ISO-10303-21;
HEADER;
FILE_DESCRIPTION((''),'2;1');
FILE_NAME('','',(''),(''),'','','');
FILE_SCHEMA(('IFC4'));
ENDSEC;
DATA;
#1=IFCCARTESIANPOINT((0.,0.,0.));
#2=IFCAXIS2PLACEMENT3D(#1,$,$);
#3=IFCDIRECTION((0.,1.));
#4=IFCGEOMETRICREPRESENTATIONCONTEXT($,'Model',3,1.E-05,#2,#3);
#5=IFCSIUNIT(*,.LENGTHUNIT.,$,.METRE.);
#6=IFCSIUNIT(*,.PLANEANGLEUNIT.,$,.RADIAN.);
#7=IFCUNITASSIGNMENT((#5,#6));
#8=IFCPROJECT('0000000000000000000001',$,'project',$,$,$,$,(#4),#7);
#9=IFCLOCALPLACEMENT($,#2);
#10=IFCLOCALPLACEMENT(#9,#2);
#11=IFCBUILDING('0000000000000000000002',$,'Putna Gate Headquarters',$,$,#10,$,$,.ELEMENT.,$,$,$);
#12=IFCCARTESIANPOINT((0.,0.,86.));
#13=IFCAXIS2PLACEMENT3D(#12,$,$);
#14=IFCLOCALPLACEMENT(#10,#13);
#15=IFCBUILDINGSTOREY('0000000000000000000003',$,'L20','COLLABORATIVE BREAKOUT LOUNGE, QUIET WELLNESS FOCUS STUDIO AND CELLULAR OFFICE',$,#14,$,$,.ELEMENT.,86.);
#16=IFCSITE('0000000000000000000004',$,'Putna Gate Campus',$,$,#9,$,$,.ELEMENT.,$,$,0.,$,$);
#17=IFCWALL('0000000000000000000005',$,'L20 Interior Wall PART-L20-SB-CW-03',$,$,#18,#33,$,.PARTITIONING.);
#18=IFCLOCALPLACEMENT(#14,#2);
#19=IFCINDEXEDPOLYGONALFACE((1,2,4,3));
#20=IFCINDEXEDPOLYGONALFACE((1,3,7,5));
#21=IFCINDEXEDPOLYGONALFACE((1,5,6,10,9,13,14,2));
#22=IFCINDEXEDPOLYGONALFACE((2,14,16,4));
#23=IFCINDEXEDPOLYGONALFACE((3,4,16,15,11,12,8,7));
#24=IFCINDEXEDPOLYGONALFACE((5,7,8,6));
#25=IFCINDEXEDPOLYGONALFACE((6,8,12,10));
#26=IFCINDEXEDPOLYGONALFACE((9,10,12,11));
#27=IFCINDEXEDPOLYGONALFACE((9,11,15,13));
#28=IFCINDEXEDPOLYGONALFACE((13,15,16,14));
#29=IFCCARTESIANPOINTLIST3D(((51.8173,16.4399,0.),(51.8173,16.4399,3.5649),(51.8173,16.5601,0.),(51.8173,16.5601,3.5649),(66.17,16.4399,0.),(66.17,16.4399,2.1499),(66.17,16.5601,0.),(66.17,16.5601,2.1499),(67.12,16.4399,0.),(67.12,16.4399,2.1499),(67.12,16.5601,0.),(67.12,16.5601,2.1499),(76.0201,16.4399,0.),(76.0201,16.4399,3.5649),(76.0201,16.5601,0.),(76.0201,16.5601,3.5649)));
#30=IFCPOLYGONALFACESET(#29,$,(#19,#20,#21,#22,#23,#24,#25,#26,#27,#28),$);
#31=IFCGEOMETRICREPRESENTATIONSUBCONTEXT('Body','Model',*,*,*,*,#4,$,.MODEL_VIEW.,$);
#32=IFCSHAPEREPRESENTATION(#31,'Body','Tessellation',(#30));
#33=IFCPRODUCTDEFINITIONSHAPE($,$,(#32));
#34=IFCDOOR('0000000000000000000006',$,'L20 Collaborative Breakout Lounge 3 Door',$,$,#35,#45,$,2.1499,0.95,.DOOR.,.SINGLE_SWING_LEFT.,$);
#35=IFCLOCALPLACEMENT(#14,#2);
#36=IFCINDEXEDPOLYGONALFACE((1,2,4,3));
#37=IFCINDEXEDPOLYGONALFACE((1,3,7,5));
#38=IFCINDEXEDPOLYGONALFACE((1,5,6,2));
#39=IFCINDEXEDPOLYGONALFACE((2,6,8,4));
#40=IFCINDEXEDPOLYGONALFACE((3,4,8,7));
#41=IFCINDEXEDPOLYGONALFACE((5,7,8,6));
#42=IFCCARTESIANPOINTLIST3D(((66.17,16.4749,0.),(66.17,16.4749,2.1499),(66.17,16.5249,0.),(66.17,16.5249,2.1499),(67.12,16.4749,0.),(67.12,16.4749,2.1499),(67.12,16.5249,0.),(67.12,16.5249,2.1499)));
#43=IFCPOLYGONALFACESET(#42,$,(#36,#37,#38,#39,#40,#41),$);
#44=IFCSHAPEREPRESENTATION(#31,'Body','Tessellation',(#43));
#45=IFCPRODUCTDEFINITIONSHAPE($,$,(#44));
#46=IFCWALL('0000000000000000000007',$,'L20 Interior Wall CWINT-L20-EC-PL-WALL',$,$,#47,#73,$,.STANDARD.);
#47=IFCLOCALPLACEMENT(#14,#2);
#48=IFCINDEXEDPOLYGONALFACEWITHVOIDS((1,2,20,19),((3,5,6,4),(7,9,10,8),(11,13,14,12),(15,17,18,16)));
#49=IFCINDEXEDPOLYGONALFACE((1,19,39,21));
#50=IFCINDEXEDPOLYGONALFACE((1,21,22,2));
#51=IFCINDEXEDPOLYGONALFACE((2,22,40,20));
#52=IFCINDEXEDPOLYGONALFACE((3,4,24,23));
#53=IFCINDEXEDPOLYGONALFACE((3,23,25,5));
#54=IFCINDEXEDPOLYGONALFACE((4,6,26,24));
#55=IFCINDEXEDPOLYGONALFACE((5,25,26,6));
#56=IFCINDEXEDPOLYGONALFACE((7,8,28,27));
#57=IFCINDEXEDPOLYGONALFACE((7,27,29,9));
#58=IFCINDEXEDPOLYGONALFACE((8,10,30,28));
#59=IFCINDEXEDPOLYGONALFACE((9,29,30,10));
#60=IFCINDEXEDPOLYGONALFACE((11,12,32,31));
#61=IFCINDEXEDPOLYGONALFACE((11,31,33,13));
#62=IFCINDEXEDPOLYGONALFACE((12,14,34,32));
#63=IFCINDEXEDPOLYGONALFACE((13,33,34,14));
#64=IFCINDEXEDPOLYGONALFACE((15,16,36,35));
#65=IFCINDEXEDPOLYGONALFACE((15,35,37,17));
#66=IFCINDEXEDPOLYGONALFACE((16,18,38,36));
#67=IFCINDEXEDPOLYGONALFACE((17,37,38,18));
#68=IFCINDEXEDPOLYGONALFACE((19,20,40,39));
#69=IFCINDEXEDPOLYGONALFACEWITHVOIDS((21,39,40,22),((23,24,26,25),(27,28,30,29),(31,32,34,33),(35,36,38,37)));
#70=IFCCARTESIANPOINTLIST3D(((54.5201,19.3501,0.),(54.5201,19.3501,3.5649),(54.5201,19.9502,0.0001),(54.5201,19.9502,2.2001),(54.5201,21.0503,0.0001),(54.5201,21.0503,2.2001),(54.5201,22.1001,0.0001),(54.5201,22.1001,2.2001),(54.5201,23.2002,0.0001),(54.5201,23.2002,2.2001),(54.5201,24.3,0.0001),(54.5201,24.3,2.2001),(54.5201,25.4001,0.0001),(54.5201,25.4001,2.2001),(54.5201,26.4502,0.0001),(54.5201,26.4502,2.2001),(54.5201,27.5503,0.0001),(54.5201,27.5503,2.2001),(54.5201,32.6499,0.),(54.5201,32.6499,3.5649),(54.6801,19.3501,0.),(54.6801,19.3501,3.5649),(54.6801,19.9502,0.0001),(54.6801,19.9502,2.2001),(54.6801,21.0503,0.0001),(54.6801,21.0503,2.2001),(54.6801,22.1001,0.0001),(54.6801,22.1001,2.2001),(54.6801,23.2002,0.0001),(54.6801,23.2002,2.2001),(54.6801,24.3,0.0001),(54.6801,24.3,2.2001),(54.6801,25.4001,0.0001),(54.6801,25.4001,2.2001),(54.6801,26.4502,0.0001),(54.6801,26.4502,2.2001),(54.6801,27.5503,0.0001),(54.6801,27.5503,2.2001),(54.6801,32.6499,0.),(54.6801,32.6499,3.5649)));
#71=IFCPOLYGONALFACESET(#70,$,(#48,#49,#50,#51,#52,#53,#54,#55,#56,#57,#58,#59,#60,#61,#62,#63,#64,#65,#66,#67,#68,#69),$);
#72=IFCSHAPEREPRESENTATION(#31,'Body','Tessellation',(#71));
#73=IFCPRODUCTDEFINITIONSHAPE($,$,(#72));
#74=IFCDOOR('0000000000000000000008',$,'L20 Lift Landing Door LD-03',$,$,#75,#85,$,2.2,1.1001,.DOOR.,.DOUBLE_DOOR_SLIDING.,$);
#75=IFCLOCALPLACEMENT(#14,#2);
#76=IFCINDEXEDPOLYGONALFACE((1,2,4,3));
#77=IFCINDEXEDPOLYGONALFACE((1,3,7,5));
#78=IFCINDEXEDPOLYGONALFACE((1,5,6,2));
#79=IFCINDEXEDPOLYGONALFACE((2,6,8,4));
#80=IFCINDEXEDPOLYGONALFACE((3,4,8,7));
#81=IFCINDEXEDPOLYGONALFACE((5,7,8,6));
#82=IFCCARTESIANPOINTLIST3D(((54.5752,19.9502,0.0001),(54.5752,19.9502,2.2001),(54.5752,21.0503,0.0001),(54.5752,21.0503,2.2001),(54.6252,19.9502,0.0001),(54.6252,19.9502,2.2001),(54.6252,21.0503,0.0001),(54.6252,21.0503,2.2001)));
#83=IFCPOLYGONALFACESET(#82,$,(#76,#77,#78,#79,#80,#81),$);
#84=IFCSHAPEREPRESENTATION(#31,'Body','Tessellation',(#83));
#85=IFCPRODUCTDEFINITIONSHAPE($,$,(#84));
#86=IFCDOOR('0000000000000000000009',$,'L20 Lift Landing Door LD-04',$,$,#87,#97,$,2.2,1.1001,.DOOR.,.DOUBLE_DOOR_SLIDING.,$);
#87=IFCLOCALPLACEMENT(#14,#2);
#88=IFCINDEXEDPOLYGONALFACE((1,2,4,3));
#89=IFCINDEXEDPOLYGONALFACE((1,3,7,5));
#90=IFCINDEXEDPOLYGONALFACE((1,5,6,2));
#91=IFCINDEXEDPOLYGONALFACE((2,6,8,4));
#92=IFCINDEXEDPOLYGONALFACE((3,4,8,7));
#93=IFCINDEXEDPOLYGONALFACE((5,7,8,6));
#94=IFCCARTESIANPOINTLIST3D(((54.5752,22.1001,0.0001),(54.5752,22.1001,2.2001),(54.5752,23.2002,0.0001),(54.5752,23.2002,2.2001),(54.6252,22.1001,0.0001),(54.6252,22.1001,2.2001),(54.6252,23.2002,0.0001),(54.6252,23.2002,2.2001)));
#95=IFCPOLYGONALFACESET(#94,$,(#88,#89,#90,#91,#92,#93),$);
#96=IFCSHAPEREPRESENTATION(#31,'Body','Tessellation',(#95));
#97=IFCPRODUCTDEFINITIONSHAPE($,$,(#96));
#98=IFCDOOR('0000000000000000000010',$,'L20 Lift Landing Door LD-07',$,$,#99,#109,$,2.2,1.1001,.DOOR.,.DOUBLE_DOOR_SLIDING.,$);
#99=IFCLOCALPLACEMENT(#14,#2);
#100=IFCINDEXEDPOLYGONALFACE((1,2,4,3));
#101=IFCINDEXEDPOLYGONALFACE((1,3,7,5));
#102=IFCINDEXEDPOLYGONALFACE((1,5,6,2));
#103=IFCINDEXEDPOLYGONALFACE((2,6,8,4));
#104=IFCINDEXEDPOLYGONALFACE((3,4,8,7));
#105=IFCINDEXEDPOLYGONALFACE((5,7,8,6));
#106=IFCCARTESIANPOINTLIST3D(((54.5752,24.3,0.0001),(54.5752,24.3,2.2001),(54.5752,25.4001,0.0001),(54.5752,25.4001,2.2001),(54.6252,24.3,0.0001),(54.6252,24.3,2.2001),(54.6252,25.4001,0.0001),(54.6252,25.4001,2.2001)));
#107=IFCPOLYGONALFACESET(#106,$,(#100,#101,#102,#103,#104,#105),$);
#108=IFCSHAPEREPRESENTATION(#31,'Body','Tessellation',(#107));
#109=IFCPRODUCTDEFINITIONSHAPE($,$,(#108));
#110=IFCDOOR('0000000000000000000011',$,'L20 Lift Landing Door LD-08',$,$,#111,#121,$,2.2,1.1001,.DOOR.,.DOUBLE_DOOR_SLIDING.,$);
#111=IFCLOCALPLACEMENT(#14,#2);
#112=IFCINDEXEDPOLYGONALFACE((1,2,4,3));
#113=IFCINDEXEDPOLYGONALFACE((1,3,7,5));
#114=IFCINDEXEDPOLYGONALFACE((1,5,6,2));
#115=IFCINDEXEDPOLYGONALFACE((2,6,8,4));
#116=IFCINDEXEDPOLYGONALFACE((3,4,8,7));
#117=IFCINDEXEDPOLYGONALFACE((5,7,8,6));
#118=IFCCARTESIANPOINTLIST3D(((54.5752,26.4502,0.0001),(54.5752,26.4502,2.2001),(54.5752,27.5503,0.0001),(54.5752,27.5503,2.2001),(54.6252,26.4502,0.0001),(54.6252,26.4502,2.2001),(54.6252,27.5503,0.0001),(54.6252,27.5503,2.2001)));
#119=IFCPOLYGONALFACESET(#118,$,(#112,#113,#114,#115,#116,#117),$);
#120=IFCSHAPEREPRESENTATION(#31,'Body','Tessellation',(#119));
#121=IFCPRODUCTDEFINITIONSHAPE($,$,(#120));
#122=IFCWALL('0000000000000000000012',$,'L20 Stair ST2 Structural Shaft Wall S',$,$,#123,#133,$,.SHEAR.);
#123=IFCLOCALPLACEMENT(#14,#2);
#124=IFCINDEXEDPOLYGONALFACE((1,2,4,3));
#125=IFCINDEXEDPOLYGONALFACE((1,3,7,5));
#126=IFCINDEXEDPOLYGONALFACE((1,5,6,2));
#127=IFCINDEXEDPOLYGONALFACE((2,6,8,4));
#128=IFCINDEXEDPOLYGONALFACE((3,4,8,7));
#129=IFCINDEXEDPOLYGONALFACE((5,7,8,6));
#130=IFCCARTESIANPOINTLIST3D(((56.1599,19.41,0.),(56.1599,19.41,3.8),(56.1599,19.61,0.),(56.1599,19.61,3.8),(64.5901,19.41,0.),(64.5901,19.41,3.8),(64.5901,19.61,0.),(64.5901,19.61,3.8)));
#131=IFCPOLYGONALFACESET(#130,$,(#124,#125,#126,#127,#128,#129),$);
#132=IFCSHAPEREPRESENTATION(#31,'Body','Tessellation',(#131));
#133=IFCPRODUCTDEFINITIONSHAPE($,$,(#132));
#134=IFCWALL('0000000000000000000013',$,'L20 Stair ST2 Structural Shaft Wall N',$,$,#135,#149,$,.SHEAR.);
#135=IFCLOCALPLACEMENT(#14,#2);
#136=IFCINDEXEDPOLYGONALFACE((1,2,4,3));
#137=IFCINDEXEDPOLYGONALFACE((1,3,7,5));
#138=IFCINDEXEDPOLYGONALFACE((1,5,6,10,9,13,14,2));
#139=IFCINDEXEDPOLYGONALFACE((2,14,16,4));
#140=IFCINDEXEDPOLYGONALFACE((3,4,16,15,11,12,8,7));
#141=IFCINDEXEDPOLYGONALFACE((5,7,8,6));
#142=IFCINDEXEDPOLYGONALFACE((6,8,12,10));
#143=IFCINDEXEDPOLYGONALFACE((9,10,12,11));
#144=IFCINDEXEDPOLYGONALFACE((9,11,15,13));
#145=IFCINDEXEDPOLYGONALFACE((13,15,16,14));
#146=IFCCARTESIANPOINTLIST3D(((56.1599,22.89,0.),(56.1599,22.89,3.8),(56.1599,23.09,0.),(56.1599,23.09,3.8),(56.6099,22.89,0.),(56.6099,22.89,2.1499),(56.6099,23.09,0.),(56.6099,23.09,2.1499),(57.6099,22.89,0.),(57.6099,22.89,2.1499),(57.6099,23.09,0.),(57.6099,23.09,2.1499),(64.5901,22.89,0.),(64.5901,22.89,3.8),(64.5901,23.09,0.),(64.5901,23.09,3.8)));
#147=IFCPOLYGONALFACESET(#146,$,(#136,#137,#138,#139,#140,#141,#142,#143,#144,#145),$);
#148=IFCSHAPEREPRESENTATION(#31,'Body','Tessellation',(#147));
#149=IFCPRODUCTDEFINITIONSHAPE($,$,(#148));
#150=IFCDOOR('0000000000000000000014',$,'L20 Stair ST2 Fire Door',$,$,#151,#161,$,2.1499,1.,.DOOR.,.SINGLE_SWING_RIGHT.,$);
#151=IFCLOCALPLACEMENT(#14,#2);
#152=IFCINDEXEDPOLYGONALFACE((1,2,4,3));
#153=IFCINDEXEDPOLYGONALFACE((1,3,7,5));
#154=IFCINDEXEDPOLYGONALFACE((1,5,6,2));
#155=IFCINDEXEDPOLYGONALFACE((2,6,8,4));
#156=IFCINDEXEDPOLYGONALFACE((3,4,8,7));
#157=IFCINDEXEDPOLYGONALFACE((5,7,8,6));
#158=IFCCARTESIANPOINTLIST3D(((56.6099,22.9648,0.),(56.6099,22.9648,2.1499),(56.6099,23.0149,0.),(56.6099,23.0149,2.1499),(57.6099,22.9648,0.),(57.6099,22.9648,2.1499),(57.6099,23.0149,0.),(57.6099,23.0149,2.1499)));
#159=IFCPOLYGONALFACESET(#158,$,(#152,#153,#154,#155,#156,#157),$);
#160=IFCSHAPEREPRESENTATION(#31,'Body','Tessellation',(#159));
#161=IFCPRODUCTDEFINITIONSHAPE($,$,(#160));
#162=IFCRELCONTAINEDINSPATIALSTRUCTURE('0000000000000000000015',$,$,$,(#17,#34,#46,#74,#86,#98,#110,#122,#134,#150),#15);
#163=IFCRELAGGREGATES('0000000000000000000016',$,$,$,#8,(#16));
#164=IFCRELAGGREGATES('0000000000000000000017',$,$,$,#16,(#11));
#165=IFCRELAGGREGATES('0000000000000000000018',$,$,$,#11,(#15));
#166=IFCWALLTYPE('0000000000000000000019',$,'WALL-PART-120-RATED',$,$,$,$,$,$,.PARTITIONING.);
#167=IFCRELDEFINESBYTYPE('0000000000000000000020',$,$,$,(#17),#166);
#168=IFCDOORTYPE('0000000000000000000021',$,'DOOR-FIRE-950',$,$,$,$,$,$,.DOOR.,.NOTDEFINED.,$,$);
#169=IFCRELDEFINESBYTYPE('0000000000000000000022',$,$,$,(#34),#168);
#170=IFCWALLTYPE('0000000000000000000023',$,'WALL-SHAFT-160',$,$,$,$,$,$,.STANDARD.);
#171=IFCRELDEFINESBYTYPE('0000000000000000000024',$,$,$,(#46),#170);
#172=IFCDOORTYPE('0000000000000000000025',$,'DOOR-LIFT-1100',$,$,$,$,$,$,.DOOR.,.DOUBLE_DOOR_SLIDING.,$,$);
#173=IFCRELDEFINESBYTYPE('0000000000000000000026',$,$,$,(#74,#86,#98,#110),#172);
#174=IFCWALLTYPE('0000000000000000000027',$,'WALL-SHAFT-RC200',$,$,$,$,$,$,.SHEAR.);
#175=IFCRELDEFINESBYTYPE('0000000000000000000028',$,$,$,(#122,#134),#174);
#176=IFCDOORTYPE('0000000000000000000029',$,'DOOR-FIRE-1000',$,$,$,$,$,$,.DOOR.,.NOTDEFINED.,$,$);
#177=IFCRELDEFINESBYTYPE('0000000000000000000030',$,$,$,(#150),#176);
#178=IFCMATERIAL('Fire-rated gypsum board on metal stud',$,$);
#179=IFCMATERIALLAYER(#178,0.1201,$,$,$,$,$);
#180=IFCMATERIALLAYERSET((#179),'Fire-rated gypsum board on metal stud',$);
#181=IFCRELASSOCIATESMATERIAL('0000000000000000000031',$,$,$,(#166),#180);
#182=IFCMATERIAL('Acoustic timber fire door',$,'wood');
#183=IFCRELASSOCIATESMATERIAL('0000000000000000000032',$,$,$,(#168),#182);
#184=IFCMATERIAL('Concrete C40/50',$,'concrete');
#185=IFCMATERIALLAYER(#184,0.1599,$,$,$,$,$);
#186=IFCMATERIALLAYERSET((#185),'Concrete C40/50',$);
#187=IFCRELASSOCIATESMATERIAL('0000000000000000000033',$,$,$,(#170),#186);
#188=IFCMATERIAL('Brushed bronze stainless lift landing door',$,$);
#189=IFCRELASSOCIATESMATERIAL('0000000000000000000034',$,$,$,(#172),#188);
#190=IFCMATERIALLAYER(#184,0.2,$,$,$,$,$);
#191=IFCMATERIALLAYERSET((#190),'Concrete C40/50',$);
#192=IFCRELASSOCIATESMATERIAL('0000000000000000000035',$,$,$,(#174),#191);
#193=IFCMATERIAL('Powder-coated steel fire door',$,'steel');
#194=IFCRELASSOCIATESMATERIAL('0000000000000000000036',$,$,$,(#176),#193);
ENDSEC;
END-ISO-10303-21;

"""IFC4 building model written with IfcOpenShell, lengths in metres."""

from ifc_helpers import new_model, si_unit, direction, frame, frame_2d, origin, place, context, subcontext, project, spatial, rectangle, extrude, material, layer, layer_set, type_object, element, fill, save


model = new_model("IFC4")

# Units and contexts
model_context = context("Model", 3, precision=1e-05, world=origin(), true_north=direction((0.0, 1.0)))
body_context = subcontext(model_context, "Body", "Model", "MODEL_VIEW")
ifc_project = project(units=[si_unit("LENGTHUNIT", "METRE"), si_unit("PLANEANGLEUNIT", "RADIAN")], contexts=[model_context])

# Site, building, storey
site_placement = place(None, origin())
site = spatial("IfcSite", under=ifc_project, at=site_placement, Name="Putna Gate Campus", CompositionType="ELEMENT", RefElevation=0.0)
building_placement = place(site_placement, origin())
building = spatial("IfcBuilding", under=site, at=building_placement, Name="Putna Gate Headquarters", CompositionType="ELEMENT")
storey_placement = place(building_placement, frame((0.0, 0.0, 86.0)))
storey = spatial("IfcBuildingStorey", under=building, at=storey_placement, Name="L20", Description="COLLABORATIVE BREAKOUT LOUNGE, QUIET WELLNESS FOCUS STUDIO AND CELLULAR OFFICE", CompositionType="ELEMENT", Elevation=86.0)

# Wall, opening, door
ifc_material_1 = material(Name="Fire-rated gypsum board on metal stud")
ifc_layer_1 = layer(ifc_material_1, 0.1201)
ifc_layer_set_1 = layer_set([ifc_layer_1], Name="Fire-rated gypsum board on metal stud")
wall_type_1 = type_object("IfcWallType", Name="WALL-PART-120-RATED", PredefinedType="PARTITIONING", material=ifc_layer_set_1)
wall_1_placement = place(storey_placement, frame((51.8171, 16.5, 0.0), z_axis=(0.0, 0.0, 1.0), x_axis=(1.0, 0.0, 0.0)))
wall_1 = element("IfcWall", 1, at=wall_1_placement, inside=storey, type_object=wall_type_1, Name="L20 Interior Wall PART-L20-SB-CW-03", PredefinedType="PARTITIONING", context=body_context, shape_type="SweptSolid", body=[
    extrude(rectangle(XDim=24.2029, YDim=0.1201, at=frame_2d((12.1016, 0.0))), origin(), (0.0, 0.0, 1.0), 3.5649),
])
opening_1_placement = place(wall_1_placement, frame((14.3528, 0.0, 0.0)))
opening_1 = element("IfcOpeningElement", 2, at=opening_1_placement, cuts=wall_1, PredefinedType="OPENING", context=body_context, shape_type="SweptSolid", body=[
    extrude(rectangle(XDim=0.95, YDim=2.1499, at=frame_2d((0.4751, 1.075))), frame((0.0, 0.0701, 0.0), z_axis=(0.0, -1.0, 0.0), x_axis=(1.0, 0.0, 0.0)), (0.0, 0.0, 1.0), 0.1401),
])
ifc_material_2 = material(Name="Acoustic timber fire door", Category="wood")
door_type_1 = type_object("IfcDoorType", Name="DOOR-FIRE-950", OperationType="NOTDEFINED", PredefinedType="DOOR", material=ifc_material_2)
door_1_placement = place(opening_1_placement, origin())
door_1 = element("IfcDoor", 3, at=door_1_placement, inside=storey, type_object=door_type_1, Name="L20 Collaborative Breakout Lounge 3 Door", OperationType="SINGLE_SWING_LEFT", OverallHeight=2.1499, OverallWidth=0.95, PredefinedType="DOOR", context=body_context, shape_type="SweptSolid", body=[
    extrude(rectangle(XDim=0.95, YDim=2.1499, at=frame_2d((0.4751, 1.075))), frame((0.0, 0.0249, 0.0), z_axis=(0.0, -1.0, 0.0), x_axis=(1.0, 0.0, 0.0)), (0.0, 0.0, 1.0), 0.05),
])
fill(opening_1, door_1)

# Wall, openings, doors
ifc_material_3 = material(Name="Concrete C40/50", Category="concrete")
ifc_layer_2 = layer(ifc_material_3, 0.1599)
ifc_layer_set_2 = layer_set([ifc_layer_2], Name="Concrete C40/50")
wall_type_2 = type_object("IfcWallType", Name="WALL-SHAFT-160", PredefinedType="STANDARD", material=ifc_layer_set_2)
wall_2_placement = place(storey_placement, frame((54.6001, 19.3501, 0.0), z_axis=(0.0, 0.0, 1.0), x_axis=(0.0, 1.0, 0.0)))
wall_2 = element("IfcWall", 4, at=wall_2_placement, inside=storey, type_object=wall_type_2, Name="L20 Interior Wall CWINT-L20-EC-PL-WALL", PredefinedType="STANDARD", context=body_context, shape_type="SweptSolid", body=[
    extrude(rectangle(XDim=13.2998, YDim=0.1599, at=frame_2d((6.6499, 0.0))), origin(), (0.0, 0.0, 1.0), 3.5649),
])
opening_2_placement = place(wall_2_placement, frame((0.6001, 0.0, 0.0)))
opening_2 = element("IfcOpeningElement", 5, at=opening_2_placement, cuts=wall_2, PredefinedType="OPENING", context=body_context, shape_type="SweptSolid", body=[
    extrude(rectangle(XDim=1.1001, YDim=2.2, at=frame_2d((0.55, 1.1001))), frame((0.0, 0.0898, 0.0), z_axis=(0.0, -1.0, 0.0), x_axis=(1.0, 0.0, 0.0)), (0.0, 0.0, 1.0), 0.1799),
])
opening_3_placement = place(wall_2_placement, frame((2.75, 0.0, 0.0)))
opening_3 = element("IfcOpeningElement", 6, at=opening_3_placement, cuts=wall_2, PredefinedType="OPENING", context=body_context, shape_type="SweptSolid", body=[
    extrude(rectangle(XDim=1.1001, YDim=2.2, at=frame_2d((0.55, 1.1001))), frame((0.0, 0.0898, 0.0), z_axis=(0.0, -1.0, 0.0), x_axis=(1.0, 0.0, 0.0)), (0.0, 0.0, 1.0), 0.1799),
])
opening_4_placement = place(wall_2_placement, frame((4.95, 0.0, 0.0)))
opening_4 = element("IfcOpeningElement", 7, at=opening_4_placement, cuts=wall_2, PredefinedType="OPENING", context=body_context, shape_type="SweptSolid", body=[
    extrude(rectangle(XDim=1.1001, YDim=2.2, at=frame_2d((0.55, 1.1001))), frame((0.0, 0.0898, 0.0), z_axis=(0.0, -1.0, 0.0), x_axis=(1.0, 0.0, 0.0)), (0.0, 0.0, 1.0), 0.1799),
])
opening_5_placement = place(wall_2_placement, frame((7.1001, 0.0, 0.0)))
opening_5 = element("IfcOpeningElement", 8, at=opening_5_placement, cuts=wall_2, PredefinedType="OPENING", context=body_context, shape_type="SweptSolid", body=[
    extrude(rectangle(XDim=1.1001, YDim=2.2, at=frame_2d((0.55, 1.1001))), frame((0.0, 0.0898, 0.0), z_axis=(0.0, -1.0, 0.0), x_axis=(1.0, 0.0, 0.0)), (0.0, 0.0, 1.0), 0.1799),
])
ifc_material_4 = material(Name="Brushed bronze stainless lift landing door")
door_type_2 = type_object("IfcDoorType", Name="DOOR-LIFT-1100", OperationType="DOUBLE_DOOR_SLIDING", PredefinedType="DOOR", material=ifc_material_4)
door_2_placement = place(opening_2_placement, origin())
door_2 = element("IfcDoor", 9, at=door_2_placement, inside=storey, type_object=door_type_2, Name="L20 Lift Landing Door LD-03", OperationType="DOUBLE_DOOR_SLIDING", OverallHeight=2.2, OverallWidth=1.1001, PredefinedType="DOOR", context=body_context, shape_type="SweptSolid", body=[
    extrude(rectangle(XDim=1.1001, YDim=2.2, at=frame_2d((0.55, 1.1001))), frame((0.0, 0.0249, 0.0), z_axis=(0.0, -1.0, 0.0), x_axis=(1.0, 0.0, 0.0)), (0.0, 0.0, 1.0), 0.05),
])
fill(opening_2, door_2)
door_3_placement = place(opening_3_placement, origin())
door_3 = element("IfcDoor", 10, at=door_3_placement, inside=storey, type_object=door_type_2, Name="L20 Lift Landing Door LD-04", OperationType="DOUBLE_DOOR_SLIDING", OverallHeight=2.2, OverallWidth=1.1001, PredefinedType="DOOR", context=body_context, shape_type="SweptSolid", body=[
    extrude(rectangle(XDim=1.1001, YDim=2.2, at=frame_2d((0.55, 1.1001))), frame((0.0, 0.0249, 0.0), z_axis=(0.0, -1.0, 0.0), x_axis=(1.0, 0.0, 0.0)), (0.0, 0.0, 1.0), 0.05),
])
fill(opening_3, door_3)
door_4_placement = place(opening_4_placement, origin())
door_4 = element("IfcDoor", 11, at=door_4_placement, inside=storey, type_object=door_type_2, Name="L20 Lift Landing Door LD-07", OperationType="DOUBLE_DOOR_SLIDING", OverallHeight=2.2, OverallWidth=1.1001, PredefinedType="DOOR", context=body_context, shape_type="SweptSolid", body=[
    extrude(rectangle(XDim=1.1001, YDim=2.2, at=frame_2d((0.55, 1.1001))), frame((0.0, 0.0249, 0.0), z_axis=(0.0, -1.0, 0.0), x_axis=(1.0, 0.0, 0.0)), (0.0, 0.0, 1.0), 0.05),
])
fill(opening_4, door_4)
door_5_placement = place(opening_5_placement, origin())
door_5 = element("IfcDoor", 12, at=door_5_placement, inside=storey, type_object=door_type_2, Name="L20 Lift Landing Door LD-08", OperationType="DOUBLE_DOOR_SLIDING", OverallHeight=2.2, OverallWidth=1.1001, PredefinedType="DOOR", context=body_context, shape_type="SweptSolid", body=[
    extrude(rectangle(XDim=1.1001, YDim=2.2, at=frame_2d((0.55, 1.1001))), frame((0.0, 0.0249, 0.0), z_axis=(0.0, -1.0, 0.0), x_axis=(1.0, 0.0, 0.0)), (0.0, 0.0, 1.0), 0.05),
])
fill(opening_5, door_5)

# Wall
ifc_layer_3 = layer(ifc_material_3, 0.2)
ifc_layer_set_3 = layer_set([ifc_layer_3], Name="Concrete C40/50")
wall_type_3 = type_object("IfcWallType", Name="WALL-SHAFT-RC200", PredefinedType="SHEAR", material=ifc_layer_set_3)
wall_3_placement = place(storey_placement, frame((56.1599, 19.51, 0.0), z_axis=(0.0, 0.0, 1.0), x_axis=(1.0, 0.0, 0.0)))
element("IfcWall", 13, at=wall_3_placement, inside=storey, type_object=wall_type_3, Name="L20 Stair ST2 Structural Shaft Wall S", PredefinedType="SHEAR", context=body_context, shape_type="SweptSolid", body=[
    extrude(rectangle(XDim=8.4302, YDim=0.2, at=frame_2d((4.2151, 0.0))), origin(), (0.0, 0.0, 1.0), 3.8),
])

# Wall, opening, door
wall_4_placement = place(storey_placement, frame((56.1599, 22.99, 0.0), z_axis=(0.0, 0.0, 1.0), x_axis=(1.0, 0.0, 0.0)))
wall_4 = element("IfcWall", 14, at=wall_4_placement, inside=storey, type_object=wall_type_3, Name="L20 Stair ST2 Structural Shaft Wall N", PredefinedType="SHEAR", context=body_context, shape_type="SweptSolid", body=[
    extrude(rectangle(XDim=8.4302, YDim=0.2, at=frame_2d((4.2151, 0.0))), origin(), (0.0, 0.0, 1.0), 3.8),
])
opening_6_placement = place(wall_4_placement, frame((0.45, 0.0, 0.0)))
opening_6 = element("IfcOpeningElement", 15, at=opening_6_placement, cuts=wall_4, PredefinedType="OPENING", context=body_context, shape_type="SweptSolid", body=[
    extrude(rectangle(XDim=1.0, YDim=2.1499, at=frame_2d((0.5, 1.075))), frame((0.0, 0.1099, 0.0), z_axis=(0.0, -1.0, 0.0), x_axis=(1.0, 0.0, 0.0)), (0.0, 0.0, 1.0), 0.22),
])
ifc_material_5 = material(Name="Powder-coated steel fire door", Category="steel")
door_type_3 = type_object("IfcDoorType", Name="DOOR-FIRE-1000", OperationType="NOTDEFINED", PredefinedType="DOOR", material=ifc_material_5)
door_6_placement = place(opening_6_placement, origin())
door_6 = element("IfcDoor", 16, at=door_6_placement, inside=storey, type_object=door_type_3, Name="L20 Stair ST2 Fire Door", OperationType="SINGLE_SWING_RIGHT", OverallHeight=2.1499, OverallWidth=1.0, PredefinedType="DOOR", context=body_context, shape_type="SweptSolid", body=[
    extrude(rectangle(XDim=1.0, YDim=2.1499, at=frame_2d((0.5, 1.075))), frame((0.0, 0.0249, 0.0), z_axis=(0.0, -1.0, 0.0), x_axis=(1.0, 0.0, 0.0)), (0.0, 0.0, 1.0), 0.05),
])
fill(opening_6, door_6)

save(model, "model.ifc")
